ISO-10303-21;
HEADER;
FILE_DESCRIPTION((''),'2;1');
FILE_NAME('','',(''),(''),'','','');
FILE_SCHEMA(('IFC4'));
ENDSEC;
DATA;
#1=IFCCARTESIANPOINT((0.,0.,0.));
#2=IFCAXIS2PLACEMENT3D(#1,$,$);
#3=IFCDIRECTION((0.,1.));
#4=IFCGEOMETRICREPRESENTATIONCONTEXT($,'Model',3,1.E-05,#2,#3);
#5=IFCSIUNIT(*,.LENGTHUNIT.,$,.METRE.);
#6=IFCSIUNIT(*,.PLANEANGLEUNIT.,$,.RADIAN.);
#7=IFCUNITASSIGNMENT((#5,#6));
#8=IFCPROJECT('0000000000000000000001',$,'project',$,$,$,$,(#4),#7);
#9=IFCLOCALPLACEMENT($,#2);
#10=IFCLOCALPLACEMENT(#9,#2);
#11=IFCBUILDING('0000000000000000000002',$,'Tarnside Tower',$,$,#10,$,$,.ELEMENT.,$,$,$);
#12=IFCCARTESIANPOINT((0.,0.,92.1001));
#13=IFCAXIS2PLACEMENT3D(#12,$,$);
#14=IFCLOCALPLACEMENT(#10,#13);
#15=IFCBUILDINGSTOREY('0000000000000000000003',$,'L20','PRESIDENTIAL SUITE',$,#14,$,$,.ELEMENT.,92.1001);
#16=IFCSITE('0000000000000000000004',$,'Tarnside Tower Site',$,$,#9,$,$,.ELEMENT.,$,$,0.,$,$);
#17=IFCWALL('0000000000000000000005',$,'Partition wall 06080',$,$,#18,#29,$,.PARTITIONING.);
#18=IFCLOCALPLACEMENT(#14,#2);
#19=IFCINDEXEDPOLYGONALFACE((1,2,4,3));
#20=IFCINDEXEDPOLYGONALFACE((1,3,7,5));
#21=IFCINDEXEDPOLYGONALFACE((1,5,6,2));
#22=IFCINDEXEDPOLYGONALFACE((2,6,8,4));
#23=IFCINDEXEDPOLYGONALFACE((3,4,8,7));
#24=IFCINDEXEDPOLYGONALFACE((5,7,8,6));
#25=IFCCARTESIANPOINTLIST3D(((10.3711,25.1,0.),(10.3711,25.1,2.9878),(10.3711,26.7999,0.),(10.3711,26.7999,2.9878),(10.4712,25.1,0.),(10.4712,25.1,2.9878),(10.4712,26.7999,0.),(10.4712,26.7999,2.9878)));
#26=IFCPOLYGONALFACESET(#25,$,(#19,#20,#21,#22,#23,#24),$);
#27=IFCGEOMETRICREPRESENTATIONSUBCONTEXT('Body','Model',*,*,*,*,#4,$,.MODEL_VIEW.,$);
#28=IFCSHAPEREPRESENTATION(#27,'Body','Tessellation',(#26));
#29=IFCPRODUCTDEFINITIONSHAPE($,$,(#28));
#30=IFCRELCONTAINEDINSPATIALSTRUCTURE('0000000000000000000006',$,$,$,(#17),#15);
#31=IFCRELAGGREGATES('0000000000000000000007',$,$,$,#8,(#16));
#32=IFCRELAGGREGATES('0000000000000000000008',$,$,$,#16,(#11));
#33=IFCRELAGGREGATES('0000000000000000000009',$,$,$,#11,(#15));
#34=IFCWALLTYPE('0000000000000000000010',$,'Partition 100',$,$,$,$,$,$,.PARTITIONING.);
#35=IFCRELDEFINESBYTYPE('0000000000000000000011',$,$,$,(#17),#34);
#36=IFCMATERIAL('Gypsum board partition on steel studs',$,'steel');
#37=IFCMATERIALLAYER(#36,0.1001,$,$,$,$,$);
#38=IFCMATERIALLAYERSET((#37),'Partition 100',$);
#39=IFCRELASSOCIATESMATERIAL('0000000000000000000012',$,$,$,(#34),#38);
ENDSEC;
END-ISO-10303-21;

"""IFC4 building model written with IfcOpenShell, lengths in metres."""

from ifc_helpers import new_model, si_unit, direction, frame, frame_2d, origin, place, context, subcontext, project, spatial, rectangle, extrude, material, layer, layer_set, type_object, element, save


model = new_model("IFC4")

# Units and contexts
model_context = context("Model", 3, precision=1e-05, world=origin(), true_north=direction((0.0, 1.0)))
body_context = subcontext(model_context, "Body", "Model", "MODEL_VIEW")
ifc_project = project(units=[si_unit("LENGTHUNIT", "METRE"), si_unit("PLANEANGLEUNIT", "RADIAN")], contexts=[model_context])

# Site, building, storey
site_placement = place(None, origin())
site = spatial("IfcSite", under=ifc_project, at=site_placement, Name="Tarnside Tower Site", CompositionType="ELEMENT", RefElevation=0.0)
building_placement = place(site_placement, origin())
building = spatial("IfcBuilding", under=site, at=building_placement, Name="Tarnside Tower", CompositionType="ELEMENT")
storey_placement = place(building_placement, frame((0.0, 0.0, 92.1001)))
storey = spatial("IfcBuildingStorey", under=building, at=storey_placement, Name="L20", Description="PRESIDENTIAL SUITE", CompositionType="ELEMENT", Elevation=92.1001)

# Wall
ifc_material_1 = material(Name="Gypsum board partition on steel studs", Category="steel")
ifc_layer_1 = layer(ifc_material_1, 0.1001)
ifc_layer_set_1 = layer_set([ifc_layer_1], Name="Partition 100")
wall_type_1 = type_object("IfcWallType", Name="Partition 100", PredefinedType="PARTITIONING", material=ifc_layer_set_1)
wall_1_placement = place(storey_placement, frame((10.4211, 26.8, 0.0), z_axis=(0.0, 0.0, 1.0), x_axis=(0.0, -1.0, 0.0)))
element("IfcWall", 1, at=wall_1_placement, inside=storey, type_object=wall_type_1, Name="Partition wall 06080", PredefinedType="PARTITIONING", context=body_context, shape_type="SweptSolid", body=[
    extrude(rectangle(XDim=1.7, YDim=0.1001, at=frame_2d((0.8501, 0.0))), origin(), (0.0, 0.0, 1.0), 2.9878),
])

save(model, "model.ifc")
